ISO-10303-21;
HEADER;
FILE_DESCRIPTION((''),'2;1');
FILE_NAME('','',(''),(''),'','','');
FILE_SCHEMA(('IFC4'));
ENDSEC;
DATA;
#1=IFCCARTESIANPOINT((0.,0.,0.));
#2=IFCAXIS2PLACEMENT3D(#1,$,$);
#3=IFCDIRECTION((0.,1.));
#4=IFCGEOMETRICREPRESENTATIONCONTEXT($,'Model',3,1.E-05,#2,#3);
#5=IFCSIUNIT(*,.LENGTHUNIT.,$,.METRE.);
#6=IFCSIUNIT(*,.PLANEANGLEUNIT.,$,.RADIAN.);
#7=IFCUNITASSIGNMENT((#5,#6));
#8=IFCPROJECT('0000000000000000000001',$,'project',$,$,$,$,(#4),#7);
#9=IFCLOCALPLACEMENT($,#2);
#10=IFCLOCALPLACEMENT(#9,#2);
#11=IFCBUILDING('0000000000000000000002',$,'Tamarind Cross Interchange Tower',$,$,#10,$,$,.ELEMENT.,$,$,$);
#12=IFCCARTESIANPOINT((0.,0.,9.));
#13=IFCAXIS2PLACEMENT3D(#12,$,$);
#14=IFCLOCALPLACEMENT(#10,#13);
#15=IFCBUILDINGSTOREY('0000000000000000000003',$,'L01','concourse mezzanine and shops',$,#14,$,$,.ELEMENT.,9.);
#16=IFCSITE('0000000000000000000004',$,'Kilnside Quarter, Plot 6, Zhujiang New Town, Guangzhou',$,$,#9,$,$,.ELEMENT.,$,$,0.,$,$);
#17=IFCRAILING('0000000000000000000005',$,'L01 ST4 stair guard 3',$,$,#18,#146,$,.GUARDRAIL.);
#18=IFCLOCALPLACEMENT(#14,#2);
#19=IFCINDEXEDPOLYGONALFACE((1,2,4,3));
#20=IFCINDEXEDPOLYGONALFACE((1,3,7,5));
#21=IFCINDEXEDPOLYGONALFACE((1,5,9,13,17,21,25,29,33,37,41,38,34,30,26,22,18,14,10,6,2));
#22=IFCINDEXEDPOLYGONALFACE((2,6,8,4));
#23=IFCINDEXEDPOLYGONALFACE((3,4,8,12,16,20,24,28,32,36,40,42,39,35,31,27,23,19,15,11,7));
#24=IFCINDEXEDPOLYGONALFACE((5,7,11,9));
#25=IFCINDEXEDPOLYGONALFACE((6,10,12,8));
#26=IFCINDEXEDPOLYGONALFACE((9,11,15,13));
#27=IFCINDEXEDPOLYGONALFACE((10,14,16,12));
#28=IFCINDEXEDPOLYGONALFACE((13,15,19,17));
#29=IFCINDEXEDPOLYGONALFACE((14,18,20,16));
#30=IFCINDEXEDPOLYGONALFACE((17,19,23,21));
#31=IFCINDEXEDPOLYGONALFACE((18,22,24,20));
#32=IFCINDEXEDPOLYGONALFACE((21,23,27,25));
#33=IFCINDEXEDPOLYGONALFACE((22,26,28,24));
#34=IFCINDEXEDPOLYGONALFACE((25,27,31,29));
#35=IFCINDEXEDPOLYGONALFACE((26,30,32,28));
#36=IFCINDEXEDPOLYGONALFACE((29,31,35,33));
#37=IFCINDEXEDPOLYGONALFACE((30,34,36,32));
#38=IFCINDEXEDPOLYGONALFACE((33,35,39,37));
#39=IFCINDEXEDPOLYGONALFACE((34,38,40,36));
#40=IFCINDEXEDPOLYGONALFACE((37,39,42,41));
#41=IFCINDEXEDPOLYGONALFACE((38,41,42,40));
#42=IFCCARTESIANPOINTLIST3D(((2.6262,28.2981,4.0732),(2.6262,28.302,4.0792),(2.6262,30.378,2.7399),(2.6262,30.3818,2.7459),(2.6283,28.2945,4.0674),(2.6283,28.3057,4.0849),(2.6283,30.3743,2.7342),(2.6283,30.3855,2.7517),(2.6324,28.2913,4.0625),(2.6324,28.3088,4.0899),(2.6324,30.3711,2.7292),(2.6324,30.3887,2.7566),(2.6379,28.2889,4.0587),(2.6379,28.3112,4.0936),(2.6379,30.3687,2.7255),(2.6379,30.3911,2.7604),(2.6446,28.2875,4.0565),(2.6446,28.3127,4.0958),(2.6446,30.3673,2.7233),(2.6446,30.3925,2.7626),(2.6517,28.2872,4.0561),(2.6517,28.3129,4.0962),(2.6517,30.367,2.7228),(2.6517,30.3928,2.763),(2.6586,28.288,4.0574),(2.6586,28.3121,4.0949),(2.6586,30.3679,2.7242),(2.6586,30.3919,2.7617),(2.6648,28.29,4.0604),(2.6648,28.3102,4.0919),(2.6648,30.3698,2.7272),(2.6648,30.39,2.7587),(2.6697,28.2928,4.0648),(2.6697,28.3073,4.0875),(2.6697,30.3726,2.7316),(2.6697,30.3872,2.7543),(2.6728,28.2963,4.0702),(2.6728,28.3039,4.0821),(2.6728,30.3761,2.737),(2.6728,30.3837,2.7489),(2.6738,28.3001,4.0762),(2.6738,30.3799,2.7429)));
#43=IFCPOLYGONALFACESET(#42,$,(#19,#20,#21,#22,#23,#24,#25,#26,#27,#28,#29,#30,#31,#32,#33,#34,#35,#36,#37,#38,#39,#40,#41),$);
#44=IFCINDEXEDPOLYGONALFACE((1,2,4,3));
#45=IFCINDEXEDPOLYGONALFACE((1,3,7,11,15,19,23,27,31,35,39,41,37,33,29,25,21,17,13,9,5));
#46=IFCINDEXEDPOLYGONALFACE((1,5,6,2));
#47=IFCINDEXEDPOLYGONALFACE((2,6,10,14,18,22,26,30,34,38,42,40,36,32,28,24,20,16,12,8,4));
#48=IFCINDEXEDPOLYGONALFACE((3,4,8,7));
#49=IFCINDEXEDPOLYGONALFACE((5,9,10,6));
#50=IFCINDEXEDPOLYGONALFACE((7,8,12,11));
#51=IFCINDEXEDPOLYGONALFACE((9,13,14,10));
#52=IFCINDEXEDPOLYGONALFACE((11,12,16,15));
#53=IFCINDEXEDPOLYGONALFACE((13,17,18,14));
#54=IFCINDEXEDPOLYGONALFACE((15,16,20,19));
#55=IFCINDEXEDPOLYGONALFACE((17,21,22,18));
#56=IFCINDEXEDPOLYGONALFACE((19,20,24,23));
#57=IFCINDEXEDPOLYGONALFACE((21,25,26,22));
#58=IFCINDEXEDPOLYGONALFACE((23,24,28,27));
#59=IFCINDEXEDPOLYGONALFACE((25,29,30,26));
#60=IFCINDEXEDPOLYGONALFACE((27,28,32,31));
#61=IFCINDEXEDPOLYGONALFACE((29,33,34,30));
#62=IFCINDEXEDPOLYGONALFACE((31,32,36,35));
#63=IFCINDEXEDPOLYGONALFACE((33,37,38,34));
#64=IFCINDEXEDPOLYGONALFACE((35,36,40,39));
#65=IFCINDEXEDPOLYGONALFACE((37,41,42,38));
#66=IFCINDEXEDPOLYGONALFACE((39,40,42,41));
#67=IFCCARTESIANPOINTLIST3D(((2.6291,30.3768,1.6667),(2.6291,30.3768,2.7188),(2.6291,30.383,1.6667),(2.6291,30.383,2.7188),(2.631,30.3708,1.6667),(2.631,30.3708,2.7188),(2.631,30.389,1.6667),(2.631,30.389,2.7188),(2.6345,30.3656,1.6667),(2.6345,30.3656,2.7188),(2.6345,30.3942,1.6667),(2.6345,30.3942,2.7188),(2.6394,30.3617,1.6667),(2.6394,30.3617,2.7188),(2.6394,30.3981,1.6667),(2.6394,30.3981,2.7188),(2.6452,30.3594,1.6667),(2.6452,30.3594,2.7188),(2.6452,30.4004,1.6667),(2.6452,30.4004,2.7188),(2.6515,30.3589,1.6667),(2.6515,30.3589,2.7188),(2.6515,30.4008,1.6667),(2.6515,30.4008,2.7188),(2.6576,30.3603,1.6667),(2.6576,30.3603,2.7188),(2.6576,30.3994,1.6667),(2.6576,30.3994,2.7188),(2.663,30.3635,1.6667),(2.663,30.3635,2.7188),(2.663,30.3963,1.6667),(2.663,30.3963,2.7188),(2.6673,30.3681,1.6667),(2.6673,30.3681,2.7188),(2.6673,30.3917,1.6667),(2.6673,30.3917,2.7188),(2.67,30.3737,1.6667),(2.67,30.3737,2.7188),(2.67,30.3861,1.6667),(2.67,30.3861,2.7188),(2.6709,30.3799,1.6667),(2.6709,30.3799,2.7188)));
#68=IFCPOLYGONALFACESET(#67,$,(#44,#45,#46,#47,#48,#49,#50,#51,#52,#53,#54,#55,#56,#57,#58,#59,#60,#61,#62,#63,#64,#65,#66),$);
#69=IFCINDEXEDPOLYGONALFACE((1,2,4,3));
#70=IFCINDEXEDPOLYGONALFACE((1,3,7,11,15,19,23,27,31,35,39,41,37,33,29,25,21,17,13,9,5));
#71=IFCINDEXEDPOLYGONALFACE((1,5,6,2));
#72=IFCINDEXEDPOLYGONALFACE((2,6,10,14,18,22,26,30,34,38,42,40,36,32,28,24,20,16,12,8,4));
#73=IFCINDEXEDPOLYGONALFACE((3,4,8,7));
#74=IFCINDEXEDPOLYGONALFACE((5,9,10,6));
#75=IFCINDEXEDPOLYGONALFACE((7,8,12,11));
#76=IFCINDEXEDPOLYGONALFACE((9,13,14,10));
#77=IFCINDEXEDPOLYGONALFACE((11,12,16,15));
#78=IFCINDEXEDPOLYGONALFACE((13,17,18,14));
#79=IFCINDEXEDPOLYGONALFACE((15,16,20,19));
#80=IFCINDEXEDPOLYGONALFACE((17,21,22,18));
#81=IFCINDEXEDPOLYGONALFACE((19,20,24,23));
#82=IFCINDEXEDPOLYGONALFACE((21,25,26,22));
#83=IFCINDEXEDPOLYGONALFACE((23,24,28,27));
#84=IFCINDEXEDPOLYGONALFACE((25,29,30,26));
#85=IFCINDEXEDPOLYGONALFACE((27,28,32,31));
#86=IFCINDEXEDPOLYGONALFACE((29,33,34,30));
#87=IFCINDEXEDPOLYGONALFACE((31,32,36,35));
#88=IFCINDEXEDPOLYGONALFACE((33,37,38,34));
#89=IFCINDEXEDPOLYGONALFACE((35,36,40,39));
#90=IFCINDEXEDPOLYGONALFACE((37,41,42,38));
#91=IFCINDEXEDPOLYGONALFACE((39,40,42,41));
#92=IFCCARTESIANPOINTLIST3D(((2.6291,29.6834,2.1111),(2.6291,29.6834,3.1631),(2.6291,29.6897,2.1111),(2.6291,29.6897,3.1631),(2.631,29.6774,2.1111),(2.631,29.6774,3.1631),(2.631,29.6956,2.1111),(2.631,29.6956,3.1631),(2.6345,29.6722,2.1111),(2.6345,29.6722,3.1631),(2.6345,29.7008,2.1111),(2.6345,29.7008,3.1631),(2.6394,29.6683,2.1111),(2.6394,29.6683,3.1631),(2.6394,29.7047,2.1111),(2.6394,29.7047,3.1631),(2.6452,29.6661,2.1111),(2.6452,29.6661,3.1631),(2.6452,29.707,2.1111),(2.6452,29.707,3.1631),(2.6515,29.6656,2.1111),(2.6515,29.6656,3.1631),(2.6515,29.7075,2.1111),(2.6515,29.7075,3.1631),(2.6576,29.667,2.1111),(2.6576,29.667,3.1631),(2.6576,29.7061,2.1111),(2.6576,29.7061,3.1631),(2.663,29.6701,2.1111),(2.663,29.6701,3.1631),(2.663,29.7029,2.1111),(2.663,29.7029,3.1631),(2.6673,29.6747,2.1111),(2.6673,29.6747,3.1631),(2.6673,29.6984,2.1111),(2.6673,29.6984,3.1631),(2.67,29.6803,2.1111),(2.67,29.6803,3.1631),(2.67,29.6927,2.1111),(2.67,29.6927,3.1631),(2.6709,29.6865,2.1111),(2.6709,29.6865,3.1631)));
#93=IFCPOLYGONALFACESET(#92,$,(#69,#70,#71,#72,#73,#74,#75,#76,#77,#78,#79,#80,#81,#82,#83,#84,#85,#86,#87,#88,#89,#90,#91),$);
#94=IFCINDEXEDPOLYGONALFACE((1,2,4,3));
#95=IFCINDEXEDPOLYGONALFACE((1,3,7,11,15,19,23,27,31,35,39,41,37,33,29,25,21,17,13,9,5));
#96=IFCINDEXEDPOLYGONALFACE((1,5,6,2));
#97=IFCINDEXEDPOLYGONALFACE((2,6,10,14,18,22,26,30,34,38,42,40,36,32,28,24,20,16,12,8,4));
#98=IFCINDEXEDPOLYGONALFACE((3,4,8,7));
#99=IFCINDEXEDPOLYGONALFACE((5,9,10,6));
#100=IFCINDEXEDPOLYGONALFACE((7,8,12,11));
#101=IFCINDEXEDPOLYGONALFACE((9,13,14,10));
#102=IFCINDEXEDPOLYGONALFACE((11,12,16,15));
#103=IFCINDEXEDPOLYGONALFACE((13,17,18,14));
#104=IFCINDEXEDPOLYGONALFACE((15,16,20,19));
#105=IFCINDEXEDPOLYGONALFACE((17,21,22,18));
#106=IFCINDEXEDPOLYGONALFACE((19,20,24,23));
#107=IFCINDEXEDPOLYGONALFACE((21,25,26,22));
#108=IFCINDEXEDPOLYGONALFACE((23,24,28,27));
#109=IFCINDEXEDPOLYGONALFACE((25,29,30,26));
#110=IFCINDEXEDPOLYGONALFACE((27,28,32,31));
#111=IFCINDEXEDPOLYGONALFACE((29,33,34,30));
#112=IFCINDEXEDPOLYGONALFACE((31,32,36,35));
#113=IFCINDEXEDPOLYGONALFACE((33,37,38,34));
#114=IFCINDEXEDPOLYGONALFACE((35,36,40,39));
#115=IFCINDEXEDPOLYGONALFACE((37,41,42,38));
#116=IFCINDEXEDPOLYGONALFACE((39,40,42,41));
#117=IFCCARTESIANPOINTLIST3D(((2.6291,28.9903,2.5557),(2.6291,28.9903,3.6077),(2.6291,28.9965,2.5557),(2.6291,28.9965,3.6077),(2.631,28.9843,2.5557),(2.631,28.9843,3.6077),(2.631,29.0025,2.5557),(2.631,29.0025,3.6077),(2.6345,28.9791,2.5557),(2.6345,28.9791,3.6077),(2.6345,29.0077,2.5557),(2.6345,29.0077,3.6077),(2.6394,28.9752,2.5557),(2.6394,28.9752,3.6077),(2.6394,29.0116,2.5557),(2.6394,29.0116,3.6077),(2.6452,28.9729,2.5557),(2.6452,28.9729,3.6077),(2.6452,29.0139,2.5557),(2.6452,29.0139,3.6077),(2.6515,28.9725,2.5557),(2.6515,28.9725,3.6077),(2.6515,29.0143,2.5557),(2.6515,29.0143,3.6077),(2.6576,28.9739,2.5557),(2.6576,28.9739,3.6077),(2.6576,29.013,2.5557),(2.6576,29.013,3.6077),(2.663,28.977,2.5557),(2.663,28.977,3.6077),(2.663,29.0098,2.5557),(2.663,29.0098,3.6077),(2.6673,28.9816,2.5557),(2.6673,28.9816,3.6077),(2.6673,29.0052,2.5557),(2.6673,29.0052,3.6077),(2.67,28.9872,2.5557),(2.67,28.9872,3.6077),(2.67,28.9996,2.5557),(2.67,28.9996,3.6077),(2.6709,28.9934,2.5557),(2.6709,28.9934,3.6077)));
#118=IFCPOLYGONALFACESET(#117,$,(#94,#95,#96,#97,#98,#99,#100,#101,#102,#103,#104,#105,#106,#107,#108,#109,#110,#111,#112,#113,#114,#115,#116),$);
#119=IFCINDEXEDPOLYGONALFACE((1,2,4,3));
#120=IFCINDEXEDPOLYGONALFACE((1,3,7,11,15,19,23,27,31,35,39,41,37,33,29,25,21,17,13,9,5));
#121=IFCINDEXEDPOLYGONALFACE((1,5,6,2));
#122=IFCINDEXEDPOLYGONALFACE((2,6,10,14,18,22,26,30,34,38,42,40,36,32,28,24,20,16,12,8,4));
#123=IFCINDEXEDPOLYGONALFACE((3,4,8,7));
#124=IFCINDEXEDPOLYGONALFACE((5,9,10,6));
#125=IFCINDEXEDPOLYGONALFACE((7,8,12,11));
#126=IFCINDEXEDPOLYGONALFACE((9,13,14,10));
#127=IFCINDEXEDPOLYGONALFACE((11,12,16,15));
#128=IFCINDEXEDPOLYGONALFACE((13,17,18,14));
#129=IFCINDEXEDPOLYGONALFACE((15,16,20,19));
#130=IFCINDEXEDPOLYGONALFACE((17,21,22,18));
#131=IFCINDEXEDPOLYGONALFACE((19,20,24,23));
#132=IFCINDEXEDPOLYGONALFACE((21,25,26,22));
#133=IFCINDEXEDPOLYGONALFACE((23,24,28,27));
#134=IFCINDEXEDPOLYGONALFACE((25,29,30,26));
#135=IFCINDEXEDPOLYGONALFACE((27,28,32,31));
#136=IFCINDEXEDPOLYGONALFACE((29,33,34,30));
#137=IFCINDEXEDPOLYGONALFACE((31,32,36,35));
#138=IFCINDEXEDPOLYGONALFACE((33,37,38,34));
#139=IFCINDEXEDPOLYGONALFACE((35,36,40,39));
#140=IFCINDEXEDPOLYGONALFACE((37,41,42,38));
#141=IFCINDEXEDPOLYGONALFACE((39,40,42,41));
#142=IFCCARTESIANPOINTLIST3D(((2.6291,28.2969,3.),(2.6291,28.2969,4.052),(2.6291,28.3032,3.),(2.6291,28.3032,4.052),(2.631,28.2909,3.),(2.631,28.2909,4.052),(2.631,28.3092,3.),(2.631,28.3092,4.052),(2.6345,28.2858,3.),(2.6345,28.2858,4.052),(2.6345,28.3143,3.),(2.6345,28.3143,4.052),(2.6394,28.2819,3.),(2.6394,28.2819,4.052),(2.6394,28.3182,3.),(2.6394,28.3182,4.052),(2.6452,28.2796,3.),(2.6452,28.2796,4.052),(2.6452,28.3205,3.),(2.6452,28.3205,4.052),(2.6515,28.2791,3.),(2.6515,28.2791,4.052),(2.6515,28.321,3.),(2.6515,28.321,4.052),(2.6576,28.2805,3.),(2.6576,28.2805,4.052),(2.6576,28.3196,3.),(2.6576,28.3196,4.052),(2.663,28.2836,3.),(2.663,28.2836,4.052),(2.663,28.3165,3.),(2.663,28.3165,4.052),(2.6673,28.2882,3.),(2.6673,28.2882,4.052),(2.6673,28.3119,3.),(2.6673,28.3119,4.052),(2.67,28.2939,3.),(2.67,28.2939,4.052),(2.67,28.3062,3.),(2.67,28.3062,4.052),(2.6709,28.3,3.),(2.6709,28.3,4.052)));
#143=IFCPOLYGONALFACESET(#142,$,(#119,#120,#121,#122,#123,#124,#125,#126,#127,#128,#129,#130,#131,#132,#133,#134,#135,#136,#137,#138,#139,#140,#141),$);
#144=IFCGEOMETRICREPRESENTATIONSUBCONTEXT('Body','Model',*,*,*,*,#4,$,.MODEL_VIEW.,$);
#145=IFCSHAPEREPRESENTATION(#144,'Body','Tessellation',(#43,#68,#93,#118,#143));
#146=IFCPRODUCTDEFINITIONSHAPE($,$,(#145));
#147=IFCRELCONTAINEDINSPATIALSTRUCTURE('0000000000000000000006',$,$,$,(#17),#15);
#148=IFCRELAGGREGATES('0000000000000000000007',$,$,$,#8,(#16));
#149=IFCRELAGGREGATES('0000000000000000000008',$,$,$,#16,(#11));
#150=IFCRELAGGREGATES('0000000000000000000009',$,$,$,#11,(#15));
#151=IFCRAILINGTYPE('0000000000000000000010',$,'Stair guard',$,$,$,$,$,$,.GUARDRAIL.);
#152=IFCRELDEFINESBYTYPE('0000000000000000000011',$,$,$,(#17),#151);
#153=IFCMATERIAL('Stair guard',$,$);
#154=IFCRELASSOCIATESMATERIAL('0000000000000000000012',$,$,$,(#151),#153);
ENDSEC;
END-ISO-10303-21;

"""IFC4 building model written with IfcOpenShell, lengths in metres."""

from ifc_helpers import new_model, si_unit, direction, frame, origin, origin_2d, place, context, subcontext, project, spatial, circle, extrude, material, type_object, element, save


model = new_model("IFC4")

# Units and contexts
model_context = context("Model", 3, precision=1e-05, world=origin(), true_north=direction((0.0, 1.0)))
body_context = subcontext(model_context, "Body", "Model", "MODEL_VIEW")
ifc_project = project(units=[si_unit("LENGTHUNIT", "METRE"), si_unit("PLANEANGLEUNIT", "RADIAN")], contexts=[model_context])

# Site, building, storey
site_placement = place(None, origin())
site = spatial("IfcSite", under=ifc_project, at=site_placement, Name="Kilnside Quarter, Plot 6, Zhujiang New Town, Guangzhou", CompositionType="ELEMENT", RefElevation=0.0)
building_placement = place(site_placement, origin())
building = spatial("IfcBuilding", under=site, at=building_placement, Name="Tamarind Cross Interchange Tower", CompositionType="ELEMENT")
storey_placement = place(building_placement, frame((0.0, 0.0, 9.0)))
storey = spatial("IfcBuildingStorey", under=building, at=storey_placement, Name="L01", Description="concourse mezzanine and shops", CompositionType="ELEMENT", Elevation=9.0)

# Railing
ifc_material_1 = material(Name="Stair guard")
railing_type_1 = type_object("IfcRailingType", Name="Stair guard", PredefinedType="GUARDRAIL", material=ifc_material_1)
railing_1_placement = place(storey_placement, frame((2.6499, 30.3799, 1.6667)))
element("IfcRailing", 1, at=railing_1_placement, inside=storey, type_object=railing_type_1, Name="L01 ST4 stair guard 3", PredefinedType="GUARDRAIL", context=body_context, shape_type="SweptSolid", body=[
    extrude(circle(Radius=0.0239, at=origin_2d()), frame((0.0, 0.0, 1.0762), z_axis=(0.0, -0.841875, 0.539673), x_axis=(1.0, 0.0, 0.0)), (0.0, 0.0, 1.0), 2.4705),
    extrude(circle(Radius=0.021, at=origin_2d()), origin(), (0.0, 0.0, 1.0), 1.052),
    extrude(circle(Radius=0.021, at=origin_2d()), frame((0.0, -0.6934, 0.4443)), (0.0, 0.0, 1.0), 1.052),
    extrude(circle(Radius=0.021, at=origin_2d()), frame((0.0, -1.3865, 0.8889)), (0.0, 0.0, 1.0), 1.052),
    extrude(circle(Radius=0.021, at=origin_2d()), frame((0.0, -2.0798, 1.3333)), (0.0, 0.0, 1.0), 1.052),
])

save(model, "model.ifc")
